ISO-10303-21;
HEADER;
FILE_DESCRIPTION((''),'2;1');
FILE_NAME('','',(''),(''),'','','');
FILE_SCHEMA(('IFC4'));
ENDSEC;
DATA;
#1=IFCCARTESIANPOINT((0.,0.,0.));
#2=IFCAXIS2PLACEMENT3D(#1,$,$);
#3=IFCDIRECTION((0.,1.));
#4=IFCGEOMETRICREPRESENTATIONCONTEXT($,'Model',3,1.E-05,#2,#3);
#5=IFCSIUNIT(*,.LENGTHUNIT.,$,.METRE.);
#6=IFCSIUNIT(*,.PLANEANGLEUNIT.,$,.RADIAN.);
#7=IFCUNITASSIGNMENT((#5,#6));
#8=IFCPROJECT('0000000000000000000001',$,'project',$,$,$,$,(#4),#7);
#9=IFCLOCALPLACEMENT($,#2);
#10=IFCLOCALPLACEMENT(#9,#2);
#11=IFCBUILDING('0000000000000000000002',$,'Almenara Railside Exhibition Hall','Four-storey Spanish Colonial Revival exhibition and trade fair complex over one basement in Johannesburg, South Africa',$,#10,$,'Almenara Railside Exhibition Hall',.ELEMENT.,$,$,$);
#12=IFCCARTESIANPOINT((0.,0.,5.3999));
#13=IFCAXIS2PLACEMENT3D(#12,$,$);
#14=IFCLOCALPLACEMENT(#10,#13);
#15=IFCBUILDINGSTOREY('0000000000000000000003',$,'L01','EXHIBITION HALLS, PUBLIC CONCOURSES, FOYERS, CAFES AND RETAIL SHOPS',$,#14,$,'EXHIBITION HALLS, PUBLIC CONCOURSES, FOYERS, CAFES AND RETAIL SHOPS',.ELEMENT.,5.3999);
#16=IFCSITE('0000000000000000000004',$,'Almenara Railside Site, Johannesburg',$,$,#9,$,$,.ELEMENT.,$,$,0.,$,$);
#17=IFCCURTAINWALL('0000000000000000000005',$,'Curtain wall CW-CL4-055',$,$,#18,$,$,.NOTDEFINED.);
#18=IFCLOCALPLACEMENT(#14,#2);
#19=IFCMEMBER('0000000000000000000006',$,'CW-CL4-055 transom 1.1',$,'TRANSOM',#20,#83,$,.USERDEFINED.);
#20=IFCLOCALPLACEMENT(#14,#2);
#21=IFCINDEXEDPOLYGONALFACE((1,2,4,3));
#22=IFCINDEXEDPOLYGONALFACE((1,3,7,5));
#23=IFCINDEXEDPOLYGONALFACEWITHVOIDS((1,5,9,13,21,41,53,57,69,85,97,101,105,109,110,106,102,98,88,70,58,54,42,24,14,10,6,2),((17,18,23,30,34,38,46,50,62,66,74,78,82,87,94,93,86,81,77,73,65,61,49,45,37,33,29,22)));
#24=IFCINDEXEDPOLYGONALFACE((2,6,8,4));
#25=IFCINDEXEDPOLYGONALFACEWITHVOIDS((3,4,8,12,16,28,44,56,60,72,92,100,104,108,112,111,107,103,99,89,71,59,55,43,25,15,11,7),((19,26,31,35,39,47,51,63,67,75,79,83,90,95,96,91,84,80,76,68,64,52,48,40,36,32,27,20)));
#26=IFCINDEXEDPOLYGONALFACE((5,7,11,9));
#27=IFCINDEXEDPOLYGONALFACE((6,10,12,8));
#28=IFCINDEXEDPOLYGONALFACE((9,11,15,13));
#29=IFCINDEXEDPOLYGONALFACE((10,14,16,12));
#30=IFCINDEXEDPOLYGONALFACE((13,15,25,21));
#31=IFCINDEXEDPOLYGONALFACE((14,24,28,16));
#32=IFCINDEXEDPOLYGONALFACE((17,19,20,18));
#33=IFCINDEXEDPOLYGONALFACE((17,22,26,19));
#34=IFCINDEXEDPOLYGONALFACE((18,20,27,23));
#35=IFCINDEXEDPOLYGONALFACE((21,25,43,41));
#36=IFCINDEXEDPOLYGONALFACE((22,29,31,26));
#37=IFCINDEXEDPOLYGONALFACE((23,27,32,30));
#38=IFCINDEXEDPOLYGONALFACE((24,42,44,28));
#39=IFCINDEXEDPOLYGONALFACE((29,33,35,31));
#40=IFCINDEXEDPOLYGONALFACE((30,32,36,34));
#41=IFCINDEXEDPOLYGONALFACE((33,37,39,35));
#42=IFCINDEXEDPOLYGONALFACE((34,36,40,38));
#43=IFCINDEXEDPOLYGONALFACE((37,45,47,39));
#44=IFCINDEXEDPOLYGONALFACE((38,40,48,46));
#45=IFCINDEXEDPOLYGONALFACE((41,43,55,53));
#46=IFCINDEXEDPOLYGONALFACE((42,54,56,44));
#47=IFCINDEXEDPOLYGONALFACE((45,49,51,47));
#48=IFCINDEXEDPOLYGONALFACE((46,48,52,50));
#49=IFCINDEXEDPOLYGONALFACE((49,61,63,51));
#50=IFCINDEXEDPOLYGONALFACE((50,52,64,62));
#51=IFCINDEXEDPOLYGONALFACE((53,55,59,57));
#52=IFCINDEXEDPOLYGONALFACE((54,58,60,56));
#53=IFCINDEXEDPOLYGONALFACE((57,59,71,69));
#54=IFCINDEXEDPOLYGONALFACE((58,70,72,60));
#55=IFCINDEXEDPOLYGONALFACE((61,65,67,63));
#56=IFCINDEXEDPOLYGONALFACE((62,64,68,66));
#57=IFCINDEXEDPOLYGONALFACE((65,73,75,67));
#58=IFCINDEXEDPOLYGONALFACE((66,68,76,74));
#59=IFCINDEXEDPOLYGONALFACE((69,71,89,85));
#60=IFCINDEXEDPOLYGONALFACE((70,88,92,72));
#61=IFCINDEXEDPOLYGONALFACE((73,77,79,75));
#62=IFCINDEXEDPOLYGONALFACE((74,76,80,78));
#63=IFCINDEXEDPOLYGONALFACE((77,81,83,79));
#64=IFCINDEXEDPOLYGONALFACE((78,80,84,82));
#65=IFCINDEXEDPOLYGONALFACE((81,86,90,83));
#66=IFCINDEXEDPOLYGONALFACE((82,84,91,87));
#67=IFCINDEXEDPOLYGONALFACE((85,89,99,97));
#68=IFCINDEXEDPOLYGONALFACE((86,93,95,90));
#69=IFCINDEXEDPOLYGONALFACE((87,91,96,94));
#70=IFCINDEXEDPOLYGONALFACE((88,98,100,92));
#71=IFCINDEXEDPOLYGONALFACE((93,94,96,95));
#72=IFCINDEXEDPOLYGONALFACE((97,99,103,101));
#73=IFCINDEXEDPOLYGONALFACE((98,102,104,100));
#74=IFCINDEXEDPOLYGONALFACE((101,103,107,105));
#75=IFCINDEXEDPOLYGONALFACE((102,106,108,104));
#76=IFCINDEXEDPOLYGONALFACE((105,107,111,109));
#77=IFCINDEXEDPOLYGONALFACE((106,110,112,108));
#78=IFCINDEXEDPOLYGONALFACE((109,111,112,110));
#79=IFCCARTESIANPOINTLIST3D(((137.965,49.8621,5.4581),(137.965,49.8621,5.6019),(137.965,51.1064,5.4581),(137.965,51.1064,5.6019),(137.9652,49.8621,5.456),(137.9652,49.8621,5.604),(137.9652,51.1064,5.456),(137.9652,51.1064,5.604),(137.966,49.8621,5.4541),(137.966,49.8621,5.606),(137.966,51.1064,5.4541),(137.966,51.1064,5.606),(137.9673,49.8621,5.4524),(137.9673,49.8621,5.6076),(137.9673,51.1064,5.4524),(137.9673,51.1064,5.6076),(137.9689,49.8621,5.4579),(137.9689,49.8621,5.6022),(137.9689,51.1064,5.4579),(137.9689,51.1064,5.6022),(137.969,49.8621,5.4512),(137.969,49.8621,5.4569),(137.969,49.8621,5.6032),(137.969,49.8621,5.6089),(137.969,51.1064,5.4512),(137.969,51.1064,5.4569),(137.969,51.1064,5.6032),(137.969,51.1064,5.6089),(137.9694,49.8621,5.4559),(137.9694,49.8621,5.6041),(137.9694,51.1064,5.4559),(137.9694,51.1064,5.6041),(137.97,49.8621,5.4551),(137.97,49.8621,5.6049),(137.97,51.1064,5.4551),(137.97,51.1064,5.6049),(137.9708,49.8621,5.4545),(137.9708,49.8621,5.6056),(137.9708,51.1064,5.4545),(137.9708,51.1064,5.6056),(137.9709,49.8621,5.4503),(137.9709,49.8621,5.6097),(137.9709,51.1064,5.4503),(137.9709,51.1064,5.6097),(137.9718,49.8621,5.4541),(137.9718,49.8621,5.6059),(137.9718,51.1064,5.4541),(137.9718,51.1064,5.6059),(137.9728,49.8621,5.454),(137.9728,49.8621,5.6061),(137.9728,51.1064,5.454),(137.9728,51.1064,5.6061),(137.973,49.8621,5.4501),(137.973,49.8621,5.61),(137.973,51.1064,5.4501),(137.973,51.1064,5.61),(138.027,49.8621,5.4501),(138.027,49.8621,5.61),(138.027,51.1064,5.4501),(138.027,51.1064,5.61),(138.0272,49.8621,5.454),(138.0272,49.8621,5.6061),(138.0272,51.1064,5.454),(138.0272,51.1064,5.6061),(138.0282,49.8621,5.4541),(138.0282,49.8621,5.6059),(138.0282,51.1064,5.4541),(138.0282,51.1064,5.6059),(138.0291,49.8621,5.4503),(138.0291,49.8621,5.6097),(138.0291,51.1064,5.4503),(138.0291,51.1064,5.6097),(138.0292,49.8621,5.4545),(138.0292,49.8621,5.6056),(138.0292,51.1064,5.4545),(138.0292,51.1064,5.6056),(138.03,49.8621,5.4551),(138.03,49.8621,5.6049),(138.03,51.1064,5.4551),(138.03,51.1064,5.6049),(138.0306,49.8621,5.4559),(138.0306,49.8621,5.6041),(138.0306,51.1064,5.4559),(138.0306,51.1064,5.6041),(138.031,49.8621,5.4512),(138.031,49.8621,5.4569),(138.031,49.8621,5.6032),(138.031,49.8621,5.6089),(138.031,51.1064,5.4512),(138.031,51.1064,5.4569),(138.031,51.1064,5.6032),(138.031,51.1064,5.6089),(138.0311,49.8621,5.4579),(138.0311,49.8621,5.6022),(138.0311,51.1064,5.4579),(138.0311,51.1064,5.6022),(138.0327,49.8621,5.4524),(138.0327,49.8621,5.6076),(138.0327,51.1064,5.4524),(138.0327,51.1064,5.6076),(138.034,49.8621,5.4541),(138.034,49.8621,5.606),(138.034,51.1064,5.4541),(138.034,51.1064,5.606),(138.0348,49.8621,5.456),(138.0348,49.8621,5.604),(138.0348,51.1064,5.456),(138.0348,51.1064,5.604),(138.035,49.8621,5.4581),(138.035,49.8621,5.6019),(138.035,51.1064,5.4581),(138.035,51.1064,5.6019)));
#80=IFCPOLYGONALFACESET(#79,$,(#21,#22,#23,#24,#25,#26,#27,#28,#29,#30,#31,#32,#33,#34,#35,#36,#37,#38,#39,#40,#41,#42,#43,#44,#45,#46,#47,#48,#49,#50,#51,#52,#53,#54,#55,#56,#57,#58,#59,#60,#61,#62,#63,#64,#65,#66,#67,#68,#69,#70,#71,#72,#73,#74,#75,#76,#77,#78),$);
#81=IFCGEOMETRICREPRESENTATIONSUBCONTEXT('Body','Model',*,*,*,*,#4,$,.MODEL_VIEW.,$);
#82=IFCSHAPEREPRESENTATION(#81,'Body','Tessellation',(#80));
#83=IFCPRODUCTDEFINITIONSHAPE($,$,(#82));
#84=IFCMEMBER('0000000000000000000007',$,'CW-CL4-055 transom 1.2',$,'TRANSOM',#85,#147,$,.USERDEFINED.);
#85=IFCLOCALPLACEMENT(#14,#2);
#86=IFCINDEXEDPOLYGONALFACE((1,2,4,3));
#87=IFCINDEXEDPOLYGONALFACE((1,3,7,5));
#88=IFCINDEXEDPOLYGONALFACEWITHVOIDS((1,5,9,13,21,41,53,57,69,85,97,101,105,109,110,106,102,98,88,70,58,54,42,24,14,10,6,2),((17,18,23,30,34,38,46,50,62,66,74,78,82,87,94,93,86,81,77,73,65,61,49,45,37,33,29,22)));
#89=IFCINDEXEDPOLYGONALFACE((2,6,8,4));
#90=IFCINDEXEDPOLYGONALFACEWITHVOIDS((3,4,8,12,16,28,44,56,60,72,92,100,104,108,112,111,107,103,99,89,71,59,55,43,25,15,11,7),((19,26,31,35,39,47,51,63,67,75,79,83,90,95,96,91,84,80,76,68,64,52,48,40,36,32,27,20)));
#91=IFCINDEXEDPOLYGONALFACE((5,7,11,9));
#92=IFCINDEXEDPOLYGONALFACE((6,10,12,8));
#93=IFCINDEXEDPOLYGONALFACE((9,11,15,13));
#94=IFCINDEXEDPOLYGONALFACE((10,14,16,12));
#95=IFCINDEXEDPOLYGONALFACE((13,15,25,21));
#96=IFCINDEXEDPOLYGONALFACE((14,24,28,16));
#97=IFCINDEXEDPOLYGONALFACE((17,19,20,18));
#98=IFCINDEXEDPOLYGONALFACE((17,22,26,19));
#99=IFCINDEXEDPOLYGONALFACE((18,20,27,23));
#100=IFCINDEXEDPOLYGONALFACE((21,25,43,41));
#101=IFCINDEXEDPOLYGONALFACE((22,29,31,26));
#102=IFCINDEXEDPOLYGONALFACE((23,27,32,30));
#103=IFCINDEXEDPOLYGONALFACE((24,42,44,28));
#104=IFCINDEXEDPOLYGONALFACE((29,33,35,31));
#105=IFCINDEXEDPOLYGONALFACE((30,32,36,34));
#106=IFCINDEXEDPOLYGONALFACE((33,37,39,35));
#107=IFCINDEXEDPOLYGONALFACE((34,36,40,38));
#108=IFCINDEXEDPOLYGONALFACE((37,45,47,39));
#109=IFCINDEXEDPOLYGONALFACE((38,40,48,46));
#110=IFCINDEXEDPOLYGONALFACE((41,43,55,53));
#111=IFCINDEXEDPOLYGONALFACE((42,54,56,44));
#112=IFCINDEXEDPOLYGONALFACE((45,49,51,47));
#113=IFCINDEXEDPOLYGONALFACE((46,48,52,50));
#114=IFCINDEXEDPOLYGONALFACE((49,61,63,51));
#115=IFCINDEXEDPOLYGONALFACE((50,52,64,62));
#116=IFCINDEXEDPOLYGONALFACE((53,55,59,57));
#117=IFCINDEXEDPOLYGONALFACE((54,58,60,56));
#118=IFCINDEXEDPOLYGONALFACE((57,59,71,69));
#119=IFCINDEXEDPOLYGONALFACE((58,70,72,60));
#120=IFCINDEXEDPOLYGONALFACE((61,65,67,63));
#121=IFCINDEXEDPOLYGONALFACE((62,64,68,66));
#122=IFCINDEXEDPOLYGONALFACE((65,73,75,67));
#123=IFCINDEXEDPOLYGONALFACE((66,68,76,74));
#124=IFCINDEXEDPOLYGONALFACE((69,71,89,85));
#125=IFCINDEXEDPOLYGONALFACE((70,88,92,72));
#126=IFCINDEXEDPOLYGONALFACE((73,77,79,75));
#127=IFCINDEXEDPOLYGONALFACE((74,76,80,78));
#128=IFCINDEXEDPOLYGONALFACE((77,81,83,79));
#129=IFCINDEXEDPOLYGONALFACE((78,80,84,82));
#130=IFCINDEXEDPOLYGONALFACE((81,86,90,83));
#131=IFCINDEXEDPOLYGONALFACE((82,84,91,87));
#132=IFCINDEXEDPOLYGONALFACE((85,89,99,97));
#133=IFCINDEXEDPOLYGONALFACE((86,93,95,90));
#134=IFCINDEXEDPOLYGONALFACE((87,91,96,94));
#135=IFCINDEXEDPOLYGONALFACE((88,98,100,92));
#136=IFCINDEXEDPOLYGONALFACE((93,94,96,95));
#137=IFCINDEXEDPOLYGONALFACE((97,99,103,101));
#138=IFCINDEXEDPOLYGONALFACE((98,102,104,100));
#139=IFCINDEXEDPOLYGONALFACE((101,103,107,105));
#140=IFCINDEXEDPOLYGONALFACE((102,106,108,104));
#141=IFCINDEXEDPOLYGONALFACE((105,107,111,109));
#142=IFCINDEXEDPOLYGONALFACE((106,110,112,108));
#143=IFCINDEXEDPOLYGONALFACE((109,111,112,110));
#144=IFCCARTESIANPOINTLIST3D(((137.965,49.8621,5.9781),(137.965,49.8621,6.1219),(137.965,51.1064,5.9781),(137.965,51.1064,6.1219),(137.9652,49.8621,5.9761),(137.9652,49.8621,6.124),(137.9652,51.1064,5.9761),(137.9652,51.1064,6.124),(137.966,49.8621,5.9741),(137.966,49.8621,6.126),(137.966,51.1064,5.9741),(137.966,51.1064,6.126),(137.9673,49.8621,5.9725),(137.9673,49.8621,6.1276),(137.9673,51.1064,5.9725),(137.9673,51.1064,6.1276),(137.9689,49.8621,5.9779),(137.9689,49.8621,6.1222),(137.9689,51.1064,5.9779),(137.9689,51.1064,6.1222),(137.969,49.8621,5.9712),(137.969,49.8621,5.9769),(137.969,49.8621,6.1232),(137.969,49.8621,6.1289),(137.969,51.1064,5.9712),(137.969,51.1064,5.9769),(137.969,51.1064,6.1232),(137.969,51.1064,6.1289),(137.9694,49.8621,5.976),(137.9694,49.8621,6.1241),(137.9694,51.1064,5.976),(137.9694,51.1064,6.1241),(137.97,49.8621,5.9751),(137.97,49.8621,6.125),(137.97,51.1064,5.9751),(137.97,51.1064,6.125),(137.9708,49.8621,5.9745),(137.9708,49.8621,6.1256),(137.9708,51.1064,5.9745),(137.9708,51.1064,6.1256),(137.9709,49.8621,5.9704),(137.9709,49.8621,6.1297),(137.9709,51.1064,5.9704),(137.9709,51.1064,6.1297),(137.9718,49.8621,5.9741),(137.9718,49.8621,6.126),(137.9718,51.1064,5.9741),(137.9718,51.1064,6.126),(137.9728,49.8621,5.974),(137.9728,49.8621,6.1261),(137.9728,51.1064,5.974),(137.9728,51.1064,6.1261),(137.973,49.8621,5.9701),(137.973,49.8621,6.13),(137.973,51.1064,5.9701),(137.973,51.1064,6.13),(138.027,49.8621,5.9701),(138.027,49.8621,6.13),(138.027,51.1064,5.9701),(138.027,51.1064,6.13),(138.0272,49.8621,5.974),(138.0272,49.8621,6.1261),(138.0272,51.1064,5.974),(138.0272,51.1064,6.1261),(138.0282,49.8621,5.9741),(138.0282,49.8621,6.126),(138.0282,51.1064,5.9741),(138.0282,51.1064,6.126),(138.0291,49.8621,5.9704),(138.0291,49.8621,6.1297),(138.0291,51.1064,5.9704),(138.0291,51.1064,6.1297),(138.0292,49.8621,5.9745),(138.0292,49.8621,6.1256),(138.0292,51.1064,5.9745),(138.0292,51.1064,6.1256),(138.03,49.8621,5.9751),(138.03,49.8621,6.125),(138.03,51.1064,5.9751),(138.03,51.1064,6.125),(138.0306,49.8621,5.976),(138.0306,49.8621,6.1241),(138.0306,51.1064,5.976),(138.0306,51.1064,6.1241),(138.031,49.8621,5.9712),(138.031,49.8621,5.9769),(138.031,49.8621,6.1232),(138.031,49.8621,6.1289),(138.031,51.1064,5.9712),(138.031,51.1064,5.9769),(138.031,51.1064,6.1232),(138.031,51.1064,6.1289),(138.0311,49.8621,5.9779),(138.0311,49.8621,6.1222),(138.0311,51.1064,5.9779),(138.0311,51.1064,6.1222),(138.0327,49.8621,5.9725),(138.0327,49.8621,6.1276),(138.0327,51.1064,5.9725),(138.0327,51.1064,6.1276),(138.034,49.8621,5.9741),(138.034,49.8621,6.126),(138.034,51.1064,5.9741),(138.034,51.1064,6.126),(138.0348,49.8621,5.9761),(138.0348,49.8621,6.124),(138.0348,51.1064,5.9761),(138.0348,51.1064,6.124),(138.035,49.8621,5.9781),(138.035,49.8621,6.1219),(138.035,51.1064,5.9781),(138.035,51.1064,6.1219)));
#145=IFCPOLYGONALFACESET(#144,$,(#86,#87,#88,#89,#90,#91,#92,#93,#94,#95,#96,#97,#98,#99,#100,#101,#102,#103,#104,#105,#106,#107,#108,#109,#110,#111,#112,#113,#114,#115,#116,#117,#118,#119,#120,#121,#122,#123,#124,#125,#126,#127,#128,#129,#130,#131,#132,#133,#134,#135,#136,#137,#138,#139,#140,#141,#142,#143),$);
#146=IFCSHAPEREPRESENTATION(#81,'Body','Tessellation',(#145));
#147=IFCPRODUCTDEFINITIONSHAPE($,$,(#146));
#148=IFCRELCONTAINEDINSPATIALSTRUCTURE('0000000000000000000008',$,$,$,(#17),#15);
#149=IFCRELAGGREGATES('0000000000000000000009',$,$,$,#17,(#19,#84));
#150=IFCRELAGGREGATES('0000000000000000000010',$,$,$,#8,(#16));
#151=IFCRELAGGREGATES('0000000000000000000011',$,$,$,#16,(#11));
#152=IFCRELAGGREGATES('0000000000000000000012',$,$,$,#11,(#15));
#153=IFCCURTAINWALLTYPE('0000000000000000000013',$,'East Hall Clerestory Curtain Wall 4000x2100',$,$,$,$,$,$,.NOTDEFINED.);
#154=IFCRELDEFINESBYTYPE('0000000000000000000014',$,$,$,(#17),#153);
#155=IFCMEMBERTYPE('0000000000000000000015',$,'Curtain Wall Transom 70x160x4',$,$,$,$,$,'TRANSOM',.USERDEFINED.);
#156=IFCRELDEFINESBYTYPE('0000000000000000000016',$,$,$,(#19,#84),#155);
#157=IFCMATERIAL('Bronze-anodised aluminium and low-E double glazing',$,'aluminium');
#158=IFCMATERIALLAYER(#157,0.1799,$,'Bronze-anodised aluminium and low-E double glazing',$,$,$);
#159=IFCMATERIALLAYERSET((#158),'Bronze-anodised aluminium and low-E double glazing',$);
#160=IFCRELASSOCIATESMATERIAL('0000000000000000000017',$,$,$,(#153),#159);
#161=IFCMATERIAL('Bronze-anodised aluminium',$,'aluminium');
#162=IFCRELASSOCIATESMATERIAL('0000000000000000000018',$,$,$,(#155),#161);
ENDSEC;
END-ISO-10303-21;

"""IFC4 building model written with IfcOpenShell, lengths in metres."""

from ifc_helpers import new_model, si_unit, direction, frame, origin, origin_2d, place, context, subcontext, project, spatial, hollow_rectangle, extrude, material, layer, layer_set, material_profile, profile_set, type_object, element, aggregate, save


model = new_model("IFC4")

# Units and contexts
model_context = context("Model", 3, precision=1e-05, world=origin(), true_north=direction((0.0, 1.0)))
body_context = subcontext(model_context, "Body", "Model", "MODEL_VIEW")
ifc_project = project(units=[si_unit("LENGTHUNIT", "METRE"), si_unit("PLANEANGLEUNIT", "RADIAN")], contexts=[model_context])

# Site, building, storey
site_placement = place(None, origin())
site = spatial("IfcSite", under=ifc_project, at=site_placement, Name="Almenara Railside Site, Johannesburg", CompositionType="ELEMENT", RefElevation=0.0)
building_placement = place(site_placement, origin())
building = spatial("IfcBuilding", under=site, at=building_placement, Name="Almenara Railside Exhibition Hall", Description="Four-storey Spanish Colonial Revival exhibition and trade fair complex over one basement in Johannesburg, South Africa", LongName="Almenara Railside Exhibition Hall", CompositionType="ELEMENT")
storey_placement = place(building_placement, frame((0.0, 0.0, 5.3999)))
storey = spatial("IfcBuildingStorey", under=building, at=storey_placement, Name="L01", Description="EXHIBITION HALLS, PUBLIC CONCOURSES, FOYERS, CAFES AND RETAIL SHOPS", LongName="EXHIBITION HALLS, PUBLIC CONCOURSES, FOYERS, CAFES AND RETAIL SHOPS", CompositionType="ELEMENT", Elevation=5.3999)

# Shared definitions
ifc_material_1 = material(Name="Bronze-anodised aluminium and low-E double glazing", Category="aluminium")
ifc_material_2 = material(Name="Bronze-anodised aluminium", Category="aluminium")

# Curtain wall, members
ifc_layer_1 = layer(ifc_material_1, 0.1799, Name="Bronze-anodised aluminium and low-E double glazing")
ifc_layer_set_1 = layer_set([ifc_layer_1], Name="Bronze-anodised aluminium and low-E double glazing")
curtain_wall_type_1 = type_object("IfcCurtainWallType", Name="East Hall Clerestory Curtain Wall 4000x2100", PredefinedType="NOTDEFINED", material=ifc_layer_set_1)
curtain_wall_1_placement = place(storey_placement, origin())
curtain_wall_1 = element("IfcCurtainWall", 1, at=curtain_wall_1_placement, inside=storey, type_object=curtain_wall_type_1, Name="Curtain wall CW-CL4-055", PredefinedType="NOTDEFINED")
ifc_material_profile_1 = material_profile(ifc_material_2, hollow_rectangle(XDim=0.0701, YDim=0.1599, WallThickness=0.0039, InnerFilletRadius=0.0039, OuterFilletRadius=0.0081, at=origin_2d()), Name="ALU-TRN 70x160x4")
ifc_profile_set_1 = profile_set([ifc_material_profile_1], Name="Bronze-anodised aluminium")
member_type_1 = type_object("IfcMemberType", Name="Curtain Wall Transom 70x160x4", ElementType="TRANSOM", PredefinedType="USERDEFINED", material=ifc_profile_set_1)
member_1_placement = place(storey_placement, frame((138.0, 49.8621, 5.53), z_axis=(0.0, 1.0, 0.0), x_axis=(-1.0, 0.0, 0.0)))
member_1 = element("IfcMember", 2, at=member_1_placement, type_object=member_type_1, Name="CW-CL4-055 transom 1.1", ObjectType="TRANSOM", PredefinedType="USERDEFINED", context=body_context, shape_type="SweptSolid", body=[
    extrude(hollow_rectangle(XDim=0.0701, YDim=0.1599, WallThickness=0.0039, InnerFilletRadius=0.0039, OuterFilletRadius=0.0081, at=origin_2d()), origin(), (0.0, 0.0, 1.0), 1.2444),
])
member_2_placement = place(storey_placement, frame((138.0, 49.8621, 6.05), z_axis=(0.0, 1.0, 0.0), x_axis=(-1.0, 0.0, 0.0)))
member_2 = element("IfcMember", 3, at=member_2_placement, type_object=member_type_1, Name="CW-CL4-055 transom 1.2", ObjectType="TRANSOM", PredefinedType="USERDEFINED", context=body_context, shape_type="SweptSolid", body=[
    extrude(hollow_rectangle(XDim=0.0701, YDim=0.1599, WallThickness=0.0039, InnerFilletRadius=0.0039, OuterFilletRadius=0.0081, at=origin_2d()), origin(), (0.0, 0.0, 1.0), 1.2444),
])
aggregate(curtain_wall_1, [member_1, member_2])

save(model, "model.ifc")
